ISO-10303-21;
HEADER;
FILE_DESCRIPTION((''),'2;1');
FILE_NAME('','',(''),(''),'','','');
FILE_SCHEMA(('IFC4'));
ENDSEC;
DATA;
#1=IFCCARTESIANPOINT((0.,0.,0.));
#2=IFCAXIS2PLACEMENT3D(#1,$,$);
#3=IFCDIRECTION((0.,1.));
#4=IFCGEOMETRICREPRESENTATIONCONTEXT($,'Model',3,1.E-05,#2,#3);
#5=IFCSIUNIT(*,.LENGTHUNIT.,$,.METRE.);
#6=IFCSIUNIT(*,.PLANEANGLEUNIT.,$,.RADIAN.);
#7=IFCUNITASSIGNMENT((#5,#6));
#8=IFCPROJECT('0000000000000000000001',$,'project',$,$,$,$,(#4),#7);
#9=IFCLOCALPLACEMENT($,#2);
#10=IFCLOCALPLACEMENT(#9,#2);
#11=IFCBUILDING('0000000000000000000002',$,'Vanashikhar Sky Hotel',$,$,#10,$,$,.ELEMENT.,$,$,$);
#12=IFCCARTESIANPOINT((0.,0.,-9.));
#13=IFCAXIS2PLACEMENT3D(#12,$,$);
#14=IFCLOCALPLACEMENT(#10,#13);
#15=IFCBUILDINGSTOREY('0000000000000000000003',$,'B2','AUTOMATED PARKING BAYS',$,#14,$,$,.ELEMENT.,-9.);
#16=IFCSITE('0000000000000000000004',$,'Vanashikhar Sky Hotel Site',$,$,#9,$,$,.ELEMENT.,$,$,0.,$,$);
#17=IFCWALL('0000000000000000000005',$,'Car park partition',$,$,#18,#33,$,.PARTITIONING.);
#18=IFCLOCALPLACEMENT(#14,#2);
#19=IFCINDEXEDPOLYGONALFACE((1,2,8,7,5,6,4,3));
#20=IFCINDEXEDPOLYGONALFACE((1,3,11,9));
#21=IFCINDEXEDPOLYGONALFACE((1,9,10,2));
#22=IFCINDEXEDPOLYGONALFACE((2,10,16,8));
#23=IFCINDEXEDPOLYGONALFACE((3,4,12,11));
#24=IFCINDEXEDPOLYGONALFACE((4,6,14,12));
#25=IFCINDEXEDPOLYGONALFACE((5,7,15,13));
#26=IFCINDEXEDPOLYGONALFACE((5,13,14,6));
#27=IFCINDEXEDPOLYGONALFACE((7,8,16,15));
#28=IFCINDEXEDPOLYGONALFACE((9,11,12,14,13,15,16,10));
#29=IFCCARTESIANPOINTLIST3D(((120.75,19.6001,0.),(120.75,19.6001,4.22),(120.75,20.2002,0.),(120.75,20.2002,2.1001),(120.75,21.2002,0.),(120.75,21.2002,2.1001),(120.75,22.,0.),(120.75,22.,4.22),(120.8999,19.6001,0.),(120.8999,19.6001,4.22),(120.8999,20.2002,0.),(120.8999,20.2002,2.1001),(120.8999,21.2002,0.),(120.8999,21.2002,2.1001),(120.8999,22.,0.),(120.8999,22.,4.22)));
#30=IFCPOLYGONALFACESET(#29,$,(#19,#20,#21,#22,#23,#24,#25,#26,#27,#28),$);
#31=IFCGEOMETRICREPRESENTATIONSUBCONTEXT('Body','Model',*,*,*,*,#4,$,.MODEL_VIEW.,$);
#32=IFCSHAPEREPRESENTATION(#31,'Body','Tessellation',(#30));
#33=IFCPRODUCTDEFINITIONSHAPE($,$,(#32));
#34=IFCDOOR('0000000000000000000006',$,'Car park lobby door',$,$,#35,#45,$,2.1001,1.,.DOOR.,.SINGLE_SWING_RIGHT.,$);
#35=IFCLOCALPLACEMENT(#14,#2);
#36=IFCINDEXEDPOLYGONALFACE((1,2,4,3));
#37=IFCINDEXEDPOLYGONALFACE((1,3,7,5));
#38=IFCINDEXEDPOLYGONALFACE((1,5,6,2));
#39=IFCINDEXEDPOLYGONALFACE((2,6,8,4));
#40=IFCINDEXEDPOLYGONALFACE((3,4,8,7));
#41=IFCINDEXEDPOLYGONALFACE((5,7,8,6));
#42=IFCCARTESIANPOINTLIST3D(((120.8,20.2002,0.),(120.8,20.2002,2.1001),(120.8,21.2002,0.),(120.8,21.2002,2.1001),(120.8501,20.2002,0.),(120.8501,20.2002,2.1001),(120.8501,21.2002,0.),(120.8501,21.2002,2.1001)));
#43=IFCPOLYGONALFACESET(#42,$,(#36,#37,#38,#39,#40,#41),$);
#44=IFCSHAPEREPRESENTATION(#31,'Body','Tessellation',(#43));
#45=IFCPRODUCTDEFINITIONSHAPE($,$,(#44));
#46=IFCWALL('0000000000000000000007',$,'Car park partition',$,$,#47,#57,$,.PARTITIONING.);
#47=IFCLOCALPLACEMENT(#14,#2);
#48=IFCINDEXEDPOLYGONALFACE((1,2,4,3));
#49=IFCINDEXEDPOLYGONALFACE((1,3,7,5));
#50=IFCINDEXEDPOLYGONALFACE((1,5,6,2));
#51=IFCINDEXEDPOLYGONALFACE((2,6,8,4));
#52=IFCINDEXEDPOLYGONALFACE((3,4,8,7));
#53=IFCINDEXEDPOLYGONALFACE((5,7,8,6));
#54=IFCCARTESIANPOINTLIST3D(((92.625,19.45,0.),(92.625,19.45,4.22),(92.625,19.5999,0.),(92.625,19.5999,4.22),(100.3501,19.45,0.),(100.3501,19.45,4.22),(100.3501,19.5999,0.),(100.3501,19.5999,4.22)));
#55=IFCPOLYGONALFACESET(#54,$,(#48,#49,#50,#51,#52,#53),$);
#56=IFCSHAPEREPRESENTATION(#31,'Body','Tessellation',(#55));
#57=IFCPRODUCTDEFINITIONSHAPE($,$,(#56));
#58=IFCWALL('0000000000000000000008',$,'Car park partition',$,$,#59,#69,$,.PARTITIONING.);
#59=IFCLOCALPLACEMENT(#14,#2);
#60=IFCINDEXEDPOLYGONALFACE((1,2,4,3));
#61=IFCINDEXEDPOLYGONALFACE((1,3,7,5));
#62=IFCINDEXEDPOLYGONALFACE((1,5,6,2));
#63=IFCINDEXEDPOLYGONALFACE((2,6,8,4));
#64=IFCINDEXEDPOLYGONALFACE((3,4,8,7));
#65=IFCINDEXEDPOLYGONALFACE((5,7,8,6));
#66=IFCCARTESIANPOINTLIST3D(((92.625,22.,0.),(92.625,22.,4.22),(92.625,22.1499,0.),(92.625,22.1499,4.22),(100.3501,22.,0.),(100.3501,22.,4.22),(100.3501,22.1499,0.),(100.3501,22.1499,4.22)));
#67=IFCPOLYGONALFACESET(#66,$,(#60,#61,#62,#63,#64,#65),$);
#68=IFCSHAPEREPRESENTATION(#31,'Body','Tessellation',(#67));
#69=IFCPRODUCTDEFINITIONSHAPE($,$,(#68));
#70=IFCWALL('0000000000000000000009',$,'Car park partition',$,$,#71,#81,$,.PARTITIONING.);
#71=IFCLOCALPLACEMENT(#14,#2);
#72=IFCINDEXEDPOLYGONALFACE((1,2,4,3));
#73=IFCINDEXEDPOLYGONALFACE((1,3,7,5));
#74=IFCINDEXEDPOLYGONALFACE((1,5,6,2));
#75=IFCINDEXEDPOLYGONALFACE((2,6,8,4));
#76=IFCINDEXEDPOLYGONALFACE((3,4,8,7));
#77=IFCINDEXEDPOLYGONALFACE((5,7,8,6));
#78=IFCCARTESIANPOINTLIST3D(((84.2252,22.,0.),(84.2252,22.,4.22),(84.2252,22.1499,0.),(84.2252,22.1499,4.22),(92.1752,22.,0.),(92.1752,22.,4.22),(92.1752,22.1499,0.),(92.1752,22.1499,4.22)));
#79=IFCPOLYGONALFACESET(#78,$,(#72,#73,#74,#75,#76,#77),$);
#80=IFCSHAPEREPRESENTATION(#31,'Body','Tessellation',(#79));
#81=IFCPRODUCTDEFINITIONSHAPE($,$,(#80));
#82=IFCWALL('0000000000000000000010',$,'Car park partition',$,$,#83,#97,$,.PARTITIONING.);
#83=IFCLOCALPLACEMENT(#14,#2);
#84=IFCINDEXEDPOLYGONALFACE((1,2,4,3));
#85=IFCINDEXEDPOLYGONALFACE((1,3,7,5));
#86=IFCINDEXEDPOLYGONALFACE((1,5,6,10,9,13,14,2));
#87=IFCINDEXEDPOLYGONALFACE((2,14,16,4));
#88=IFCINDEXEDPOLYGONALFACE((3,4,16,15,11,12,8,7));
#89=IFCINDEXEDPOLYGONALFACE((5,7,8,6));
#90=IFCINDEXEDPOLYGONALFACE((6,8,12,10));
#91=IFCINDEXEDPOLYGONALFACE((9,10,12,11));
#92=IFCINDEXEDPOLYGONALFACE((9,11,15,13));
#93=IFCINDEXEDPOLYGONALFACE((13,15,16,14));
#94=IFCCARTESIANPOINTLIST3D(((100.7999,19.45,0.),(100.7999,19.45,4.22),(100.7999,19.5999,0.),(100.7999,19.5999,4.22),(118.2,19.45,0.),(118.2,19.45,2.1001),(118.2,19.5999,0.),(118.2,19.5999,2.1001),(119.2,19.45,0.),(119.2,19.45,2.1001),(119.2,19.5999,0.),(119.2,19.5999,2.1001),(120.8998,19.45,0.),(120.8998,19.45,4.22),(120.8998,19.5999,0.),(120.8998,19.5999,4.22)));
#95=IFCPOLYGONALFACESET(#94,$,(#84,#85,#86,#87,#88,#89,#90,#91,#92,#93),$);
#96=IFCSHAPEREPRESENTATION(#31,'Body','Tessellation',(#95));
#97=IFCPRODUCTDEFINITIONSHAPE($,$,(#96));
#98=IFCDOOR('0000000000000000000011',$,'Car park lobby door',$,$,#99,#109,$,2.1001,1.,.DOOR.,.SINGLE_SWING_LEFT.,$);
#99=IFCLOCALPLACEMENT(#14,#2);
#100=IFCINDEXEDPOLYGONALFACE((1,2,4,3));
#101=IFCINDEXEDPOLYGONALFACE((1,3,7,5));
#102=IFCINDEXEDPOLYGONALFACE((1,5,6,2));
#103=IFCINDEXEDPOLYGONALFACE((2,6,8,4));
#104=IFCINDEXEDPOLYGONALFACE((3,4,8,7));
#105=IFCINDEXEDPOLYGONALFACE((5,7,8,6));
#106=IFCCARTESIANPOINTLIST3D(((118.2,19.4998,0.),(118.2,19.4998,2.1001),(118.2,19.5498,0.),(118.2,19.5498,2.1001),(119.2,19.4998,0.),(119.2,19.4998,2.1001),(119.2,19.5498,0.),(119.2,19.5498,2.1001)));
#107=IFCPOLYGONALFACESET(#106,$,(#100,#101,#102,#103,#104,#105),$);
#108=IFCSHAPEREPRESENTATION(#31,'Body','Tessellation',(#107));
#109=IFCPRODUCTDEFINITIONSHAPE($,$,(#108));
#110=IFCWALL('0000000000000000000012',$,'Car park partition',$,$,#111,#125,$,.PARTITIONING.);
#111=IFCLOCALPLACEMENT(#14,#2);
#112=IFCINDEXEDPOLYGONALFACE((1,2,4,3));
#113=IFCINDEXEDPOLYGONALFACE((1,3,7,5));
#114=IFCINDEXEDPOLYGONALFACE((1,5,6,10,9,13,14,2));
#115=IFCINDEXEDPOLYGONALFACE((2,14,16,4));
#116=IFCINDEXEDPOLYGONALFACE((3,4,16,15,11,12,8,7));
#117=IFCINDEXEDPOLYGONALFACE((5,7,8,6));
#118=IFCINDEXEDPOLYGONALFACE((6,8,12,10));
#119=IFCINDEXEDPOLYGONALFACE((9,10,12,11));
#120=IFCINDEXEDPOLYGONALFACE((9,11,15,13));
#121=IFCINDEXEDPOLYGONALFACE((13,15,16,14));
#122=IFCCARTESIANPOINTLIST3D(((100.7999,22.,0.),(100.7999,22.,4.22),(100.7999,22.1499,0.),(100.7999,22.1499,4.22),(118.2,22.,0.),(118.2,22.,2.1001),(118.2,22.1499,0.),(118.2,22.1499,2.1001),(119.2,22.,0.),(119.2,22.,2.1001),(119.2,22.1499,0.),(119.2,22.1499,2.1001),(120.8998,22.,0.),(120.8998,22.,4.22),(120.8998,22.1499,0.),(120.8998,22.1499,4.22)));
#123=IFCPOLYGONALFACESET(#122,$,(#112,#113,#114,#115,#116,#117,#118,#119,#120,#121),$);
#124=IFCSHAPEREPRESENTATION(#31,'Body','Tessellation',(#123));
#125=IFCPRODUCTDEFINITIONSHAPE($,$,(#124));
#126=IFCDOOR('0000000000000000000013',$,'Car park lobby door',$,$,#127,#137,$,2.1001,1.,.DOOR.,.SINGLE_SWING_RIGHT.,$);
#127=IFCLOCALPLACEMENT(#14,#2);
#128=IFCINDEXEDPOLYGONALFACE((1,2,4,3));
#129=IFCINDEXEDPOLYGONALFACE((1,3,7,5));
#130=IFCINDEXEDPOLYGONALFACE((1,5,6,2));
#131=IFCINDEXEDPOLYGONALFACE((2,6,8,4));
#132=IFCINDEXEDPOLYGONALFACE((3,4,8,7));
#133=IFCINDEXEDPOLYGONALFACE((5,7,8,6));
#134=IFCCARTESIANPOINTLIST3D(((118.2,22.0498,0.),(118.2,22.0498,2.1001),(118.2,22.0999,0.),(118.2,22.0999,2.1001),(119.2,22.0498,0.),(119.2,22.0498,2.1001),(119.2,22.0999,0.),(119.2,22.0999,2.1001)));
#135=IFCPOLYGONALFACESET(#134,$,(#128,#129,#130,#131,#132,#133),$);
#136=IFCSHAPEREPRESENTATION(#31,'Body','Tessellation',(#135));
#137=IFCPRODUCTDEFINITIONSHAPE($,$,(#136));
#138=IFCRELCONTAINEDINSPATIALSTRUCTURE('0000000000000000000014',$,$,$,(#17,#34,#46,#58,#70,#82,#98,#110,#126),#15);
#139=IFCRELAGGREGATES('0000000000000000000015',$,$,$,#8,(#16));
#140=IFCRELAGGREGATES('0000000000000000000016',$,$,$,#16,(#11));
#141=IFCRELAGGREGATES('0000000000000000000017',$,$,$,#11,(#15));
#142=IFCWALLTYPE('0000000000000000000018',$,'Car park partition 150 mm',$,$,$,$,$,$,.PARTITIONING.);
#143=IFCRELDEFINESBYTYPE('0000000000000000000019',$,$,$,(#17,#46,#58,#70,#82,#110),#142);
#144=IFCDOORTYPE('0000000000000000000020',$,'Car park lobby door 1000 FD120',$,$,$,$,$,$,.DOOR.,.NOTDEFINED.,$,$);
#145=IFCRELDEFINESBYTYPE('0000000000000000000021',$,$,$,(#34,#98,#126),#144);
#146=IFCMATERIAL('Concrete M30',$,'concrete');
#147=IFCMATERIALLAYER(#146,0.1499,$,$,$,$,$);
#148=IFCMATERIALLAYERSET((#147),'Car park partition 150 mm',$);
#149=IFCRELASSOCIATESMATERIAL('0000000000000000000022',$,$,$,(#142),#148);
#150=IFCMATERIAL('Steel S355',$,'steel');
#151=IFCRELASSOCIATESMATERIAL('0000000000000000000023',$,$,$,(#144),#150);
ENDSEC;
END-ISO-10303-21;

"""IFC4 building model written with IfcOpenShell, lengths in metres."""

from ifc_helpers import new_model, si_unit, direction, frame, frame_2d, origin, place, context, subcontext, project, spatial, rectangle, extrude, source, transform, mapped, material, layer, layer_set, type_object, element, fill, save


model = new_model("IFC4")

# Units and contexts
model_context = context("Model", 3, precision=1e-05, world=origin(), true_north=direction((0.0, 1.0)))
body_context = subcontext(model_context, "Body", "Model", "MODEL_VIEW")
ifc_project = project(units=[si_unit("LENGTHUNIT", "METRE"), si_unit("PLANEANGLEUNIT", "RADIAN")], contexts=[model_context])

# Site, building, storey
site_placement = place(None, origin())
site = spatial("IfcSite", under=ifc_project, at=site_placement, Name="Vanashikhar Sky Hotel Site", CompositionType="ELEMENT", RefElevation=0.0)
building_placement = place(site_placement, origin())
building = spatial("IfcBuilding", under=site, at=building_placement, Name="Vanashikhar Sky Hotel", CompositionType="ELEMENT")
storey_placement = place(building_placement, frame((0.0, 0.0, -9.0)))
storey = spatial("IfcBuildingStorey", under=building, at=storey_placement, Name="B2", Description="AUTOMATED PARKING BAYS", CompositionType="ELEMENT", Elevation=-9.0)

# Wall, opening, door
ifc_material_1 = material(Name="Concrete M30", Category="concrete")
ifc_layer_1 = layer(ifc_material_1, 0.1499)
ifc_layer_set_1 = layer_set([ifc_layer_1], Name="Car park partition 150 mm")
wall_type_1 = type_object("IfcWallType", Name="Car park partition 150 mm", PredefinedType="PARTITIONING", material=ifc_layer_set_1)
shared_shape_1 = source(origin(), body_context, "Body", "SweptSolid", [
    extrude(rectangle(XDim=2.3999, YDim=0.1499, at=frame_2d((1.2, 0.0))), origin(), (0.0, 0.0, 1.0), 4.22),
])
wall_1_placement = place(storey_placement, frame((120.825, 19.6001, 0.0), z_axis=(0.0, 0.0, 1.0), x_axis=(0.0, 1.0, 0.0)))
wall_1 = element("IfcWall", 1, at=wall_1_placement, inside=storey, type_object=wall_type_1, Name="Car park partition", PredefinedType="PARTITIONING", context=body_context, shape_type="MappedRepresentation", body=[
    mapped(shared_shape_1, transform((0.0, 0.0, 0.0), scale=1.0)),
])
shared_shape_2 = source(origin(), body_context, "Body", "SweptSolid", [
    extrude(rectangle(XDim=1.0, YDim=2.1001, at=frame_2d((0.5, 1.05))), frame((0.0, 0.085, 0.0), z_axis=(0.0, -1.0, 0.0), x_axis=(1.0, 0.0, 0.0)), (0.0, 0.0, 1.0), 0.1699),
])
opening_1_placement = place(wall_1_placement, frame((0.6001, 0.0, 0.0)))
opening_1 = element("IfcOpeningElement", 2, at=opening_1_placement, cuts=wall_1, PredefinedType="OPENING", context=body_context, shape_type="MappedRepresentation", body=[
    mapped(shared_shape_2, transform((0.0, 0.0, 0.0), scale=1.0)),
])
ifc_material_2 = material(Name="Steel S355", Category="steel")
door_type = type_object("IfcDoorType", Name="Car park lobby door 1000 FD120", OperationType="NOTDEFINED", PredefinedType="DOOR", material=ifc_material_2)
shared_shape_3 = source(origin(), body_context, "Body", "SweptSolid", [
    extrude(rectangle(XDim=1.0, YDim=2.1001, at=frame_2d((0.5, 1.05))), frame((0.0, 0.0249, 0.0), z_axis=(0.0, -1.0, 0.0), x_axis=(1.0, 0.0, 0.0)), (0.0, 0.0, 1.0), 0.05),
])
door_1_placement = place(opening_1_placement, origin())
door_1 = element("IfcDoor", 3, at=door_1_placement, inside=storey, type_object=door_type, Name="Car park lobby door", OperationType="SINGLE_SWING_RIGHT", OverallHeight=2.1001, OverallWidth=1.0, PredefinedType="DOOR", context=body_context, shape_type="MappedRepresentation", body=[
    mapped(shared_shape_3, transform((0.0, 0.0, 0.0), scale=1.0)),
])
fill(opening_1, door_1)

# Walls
shared_shape_4 = source(origin(), body_context, "Body", "SweptSolid", [
    extrude(rectangle(XDim=7.7251, YDim=0.1499, at=frame_2d((3.8625, 0.0))), origin(), (0.0, 0.0, 1.0), 4.22),
])
for number, where, z_axis, x_axis, name in (
    (4, (92.625, 19.5249, 0.0), (0.0, 0.0, 1.0), (1.0, 0.0, 0.0), "Car park partition"),
    (5, (92.625, 22.075, 0.0), (0.0, 0.0, 1.0), (1.0, 0.0, 0.0), "Car park partition"),
):
    element("IfcWall", number, at=place(storey_placement, frame(where, z_axis=z_axis, x_axis=x_axis)), inside=storey, type_object=wall_type_1, Name=name, PredefinedType="PARTITIONING", context=body_context, shape_type="MappedRepresentation", body=[
        mapped(shared_shape_4, transform((0.0, 0.0, 0.0), scale=1.0)),
    ])
shared_shape_5 = source(origin(), body_context, "Body", "SweptSolid", [
    extrude(rectangle(XDim=7.95, YDim=0.1499, at=frame_2d((3.9751, 0.0))), origin(), (0.0, 0.0, 1.0), 4.22),
])
wall_2_placement = place(storey_placement, frame((84.2251, 22.075, 0.0), z_axis=(0.0, 0.0, 1.0), x_axis=(1.0, 0.0, 0.0)))
element("IfcWall", 6, at=wall_2_placement, inside=storey, type_object=wall_type_1, Name="Car park partition", PredefinedType="PARTITIONING", context=body_context, shape_type="MappedRepresentation", body=[
    mapped(shared_shape_5, transform((0.0, 0.0, 0.0), scale=1.0)),
])

# Walls, openings, doors
shared_shape_6 = source(origin(), body_context, "Body", "SweptSolid", [
    extrude(rectangle(XDim=20.0999, YDim=0.1499, at=frame_2d((10.0498, 0.0))), origin(), (0.0, 0.0, 1.0), 4.22),
])
wall_3_placement = place(storey_placement, frame((100.8, 19.5249, 0.0), z_axis=(0.0, 0.0, 1.0), x_axis=(1.0, 0.0, 0.0)))
wall_3 = element("IfcWall", 7, at=wall_3_placement, inside=storey, type_object=wall_type_1, Name="Car park partition", PredefinedType="PARTITIONING", context=body_context, shape_type="MappedRepresentation", body=[
    mapped(shared_shape_6, transform((0.0, 0.0, 0.0), scale=1.0)),
])
opening_2_placement = place(wall_3_placement, frame((17.3999, 0.0, 0.0)))
opening_2 = element("IfcOpeningElement", 8, at=opening_2_placement, cuts=wall_3, PredefinedType="OPENING", context=body_context, shape_type="MappedRepresentation", body=[
    mapped(shared_shape_2, transform((0.0, 0.0, 0.0), scale=1.0)),
])
door_2_placement = place(opening_2_placement, origin())
door_2 = element("IfcDoor", 9, at=door_2_placement, inside=storey, type_object=door_type, Name="Car park lobby door", OperationType="SINGLE_SWING_LEFT", OverallHeight=2.1001, OverallWidth=1.0, PredefinedType="DOOR", context=body_context, shape_type="MappedRepresentation", body=[
    mapped(shared_shape_3, transform((0.0, 0.0, 0.0), scale=1.0)),
])
fill(opening_2, door_2)
wall_4_placement = place(storey_placement, frame((100.8, 22.075, 0.0), z_axis=(0.0, 0.0, 1.0), x_axis=(1.0, 0.0, 0.0)))
wall_4 = element("IfcWall", 10, at=wall_4_placement, inside=storey, type_object=wall_type_1, Name="Car park partition", PredefinedType="PARTITIONING", context=body_context, shape_type="MappedRepresentation", body=[
    mapped(shared_shape_6, transform((0.0, 0.0, 0.0), scale=1.0)),
])
opening_3_placement = place(wall_4_placement, frame((17.3999, 0.0, 0.0)))
opening_3 = element("IfcOpeningElement", 11, at=opening_3_placement, cuts=wall_4, PredefinedType="OPENING", context=body_context, shape_type="MappedRepresentation", body=[
    mapped(shared_shape_2, transform((0.0, 0.0, 0.0), scale=1.0)),
])
door_3_placement = place(opening_3_placement, origin())
door_3 = element("IfcDoor", 12, at=door_3_placement, inside=storey, type_object=door_type, Name="Car park lobby door", OperationType="SINGLE_SWING_RIGHT", OverallHeight=2.1001, OverallWidth=1.0, PredefinedType="DOOR", context=body_context, shape_type="MappedRepresentation", body=[
    mapped(shared_shape_3, transform((0.0, 0.0, 0.0), scale=1.0)),
])
fill(opening_3, door_3)

save(model, "model.ifc")
